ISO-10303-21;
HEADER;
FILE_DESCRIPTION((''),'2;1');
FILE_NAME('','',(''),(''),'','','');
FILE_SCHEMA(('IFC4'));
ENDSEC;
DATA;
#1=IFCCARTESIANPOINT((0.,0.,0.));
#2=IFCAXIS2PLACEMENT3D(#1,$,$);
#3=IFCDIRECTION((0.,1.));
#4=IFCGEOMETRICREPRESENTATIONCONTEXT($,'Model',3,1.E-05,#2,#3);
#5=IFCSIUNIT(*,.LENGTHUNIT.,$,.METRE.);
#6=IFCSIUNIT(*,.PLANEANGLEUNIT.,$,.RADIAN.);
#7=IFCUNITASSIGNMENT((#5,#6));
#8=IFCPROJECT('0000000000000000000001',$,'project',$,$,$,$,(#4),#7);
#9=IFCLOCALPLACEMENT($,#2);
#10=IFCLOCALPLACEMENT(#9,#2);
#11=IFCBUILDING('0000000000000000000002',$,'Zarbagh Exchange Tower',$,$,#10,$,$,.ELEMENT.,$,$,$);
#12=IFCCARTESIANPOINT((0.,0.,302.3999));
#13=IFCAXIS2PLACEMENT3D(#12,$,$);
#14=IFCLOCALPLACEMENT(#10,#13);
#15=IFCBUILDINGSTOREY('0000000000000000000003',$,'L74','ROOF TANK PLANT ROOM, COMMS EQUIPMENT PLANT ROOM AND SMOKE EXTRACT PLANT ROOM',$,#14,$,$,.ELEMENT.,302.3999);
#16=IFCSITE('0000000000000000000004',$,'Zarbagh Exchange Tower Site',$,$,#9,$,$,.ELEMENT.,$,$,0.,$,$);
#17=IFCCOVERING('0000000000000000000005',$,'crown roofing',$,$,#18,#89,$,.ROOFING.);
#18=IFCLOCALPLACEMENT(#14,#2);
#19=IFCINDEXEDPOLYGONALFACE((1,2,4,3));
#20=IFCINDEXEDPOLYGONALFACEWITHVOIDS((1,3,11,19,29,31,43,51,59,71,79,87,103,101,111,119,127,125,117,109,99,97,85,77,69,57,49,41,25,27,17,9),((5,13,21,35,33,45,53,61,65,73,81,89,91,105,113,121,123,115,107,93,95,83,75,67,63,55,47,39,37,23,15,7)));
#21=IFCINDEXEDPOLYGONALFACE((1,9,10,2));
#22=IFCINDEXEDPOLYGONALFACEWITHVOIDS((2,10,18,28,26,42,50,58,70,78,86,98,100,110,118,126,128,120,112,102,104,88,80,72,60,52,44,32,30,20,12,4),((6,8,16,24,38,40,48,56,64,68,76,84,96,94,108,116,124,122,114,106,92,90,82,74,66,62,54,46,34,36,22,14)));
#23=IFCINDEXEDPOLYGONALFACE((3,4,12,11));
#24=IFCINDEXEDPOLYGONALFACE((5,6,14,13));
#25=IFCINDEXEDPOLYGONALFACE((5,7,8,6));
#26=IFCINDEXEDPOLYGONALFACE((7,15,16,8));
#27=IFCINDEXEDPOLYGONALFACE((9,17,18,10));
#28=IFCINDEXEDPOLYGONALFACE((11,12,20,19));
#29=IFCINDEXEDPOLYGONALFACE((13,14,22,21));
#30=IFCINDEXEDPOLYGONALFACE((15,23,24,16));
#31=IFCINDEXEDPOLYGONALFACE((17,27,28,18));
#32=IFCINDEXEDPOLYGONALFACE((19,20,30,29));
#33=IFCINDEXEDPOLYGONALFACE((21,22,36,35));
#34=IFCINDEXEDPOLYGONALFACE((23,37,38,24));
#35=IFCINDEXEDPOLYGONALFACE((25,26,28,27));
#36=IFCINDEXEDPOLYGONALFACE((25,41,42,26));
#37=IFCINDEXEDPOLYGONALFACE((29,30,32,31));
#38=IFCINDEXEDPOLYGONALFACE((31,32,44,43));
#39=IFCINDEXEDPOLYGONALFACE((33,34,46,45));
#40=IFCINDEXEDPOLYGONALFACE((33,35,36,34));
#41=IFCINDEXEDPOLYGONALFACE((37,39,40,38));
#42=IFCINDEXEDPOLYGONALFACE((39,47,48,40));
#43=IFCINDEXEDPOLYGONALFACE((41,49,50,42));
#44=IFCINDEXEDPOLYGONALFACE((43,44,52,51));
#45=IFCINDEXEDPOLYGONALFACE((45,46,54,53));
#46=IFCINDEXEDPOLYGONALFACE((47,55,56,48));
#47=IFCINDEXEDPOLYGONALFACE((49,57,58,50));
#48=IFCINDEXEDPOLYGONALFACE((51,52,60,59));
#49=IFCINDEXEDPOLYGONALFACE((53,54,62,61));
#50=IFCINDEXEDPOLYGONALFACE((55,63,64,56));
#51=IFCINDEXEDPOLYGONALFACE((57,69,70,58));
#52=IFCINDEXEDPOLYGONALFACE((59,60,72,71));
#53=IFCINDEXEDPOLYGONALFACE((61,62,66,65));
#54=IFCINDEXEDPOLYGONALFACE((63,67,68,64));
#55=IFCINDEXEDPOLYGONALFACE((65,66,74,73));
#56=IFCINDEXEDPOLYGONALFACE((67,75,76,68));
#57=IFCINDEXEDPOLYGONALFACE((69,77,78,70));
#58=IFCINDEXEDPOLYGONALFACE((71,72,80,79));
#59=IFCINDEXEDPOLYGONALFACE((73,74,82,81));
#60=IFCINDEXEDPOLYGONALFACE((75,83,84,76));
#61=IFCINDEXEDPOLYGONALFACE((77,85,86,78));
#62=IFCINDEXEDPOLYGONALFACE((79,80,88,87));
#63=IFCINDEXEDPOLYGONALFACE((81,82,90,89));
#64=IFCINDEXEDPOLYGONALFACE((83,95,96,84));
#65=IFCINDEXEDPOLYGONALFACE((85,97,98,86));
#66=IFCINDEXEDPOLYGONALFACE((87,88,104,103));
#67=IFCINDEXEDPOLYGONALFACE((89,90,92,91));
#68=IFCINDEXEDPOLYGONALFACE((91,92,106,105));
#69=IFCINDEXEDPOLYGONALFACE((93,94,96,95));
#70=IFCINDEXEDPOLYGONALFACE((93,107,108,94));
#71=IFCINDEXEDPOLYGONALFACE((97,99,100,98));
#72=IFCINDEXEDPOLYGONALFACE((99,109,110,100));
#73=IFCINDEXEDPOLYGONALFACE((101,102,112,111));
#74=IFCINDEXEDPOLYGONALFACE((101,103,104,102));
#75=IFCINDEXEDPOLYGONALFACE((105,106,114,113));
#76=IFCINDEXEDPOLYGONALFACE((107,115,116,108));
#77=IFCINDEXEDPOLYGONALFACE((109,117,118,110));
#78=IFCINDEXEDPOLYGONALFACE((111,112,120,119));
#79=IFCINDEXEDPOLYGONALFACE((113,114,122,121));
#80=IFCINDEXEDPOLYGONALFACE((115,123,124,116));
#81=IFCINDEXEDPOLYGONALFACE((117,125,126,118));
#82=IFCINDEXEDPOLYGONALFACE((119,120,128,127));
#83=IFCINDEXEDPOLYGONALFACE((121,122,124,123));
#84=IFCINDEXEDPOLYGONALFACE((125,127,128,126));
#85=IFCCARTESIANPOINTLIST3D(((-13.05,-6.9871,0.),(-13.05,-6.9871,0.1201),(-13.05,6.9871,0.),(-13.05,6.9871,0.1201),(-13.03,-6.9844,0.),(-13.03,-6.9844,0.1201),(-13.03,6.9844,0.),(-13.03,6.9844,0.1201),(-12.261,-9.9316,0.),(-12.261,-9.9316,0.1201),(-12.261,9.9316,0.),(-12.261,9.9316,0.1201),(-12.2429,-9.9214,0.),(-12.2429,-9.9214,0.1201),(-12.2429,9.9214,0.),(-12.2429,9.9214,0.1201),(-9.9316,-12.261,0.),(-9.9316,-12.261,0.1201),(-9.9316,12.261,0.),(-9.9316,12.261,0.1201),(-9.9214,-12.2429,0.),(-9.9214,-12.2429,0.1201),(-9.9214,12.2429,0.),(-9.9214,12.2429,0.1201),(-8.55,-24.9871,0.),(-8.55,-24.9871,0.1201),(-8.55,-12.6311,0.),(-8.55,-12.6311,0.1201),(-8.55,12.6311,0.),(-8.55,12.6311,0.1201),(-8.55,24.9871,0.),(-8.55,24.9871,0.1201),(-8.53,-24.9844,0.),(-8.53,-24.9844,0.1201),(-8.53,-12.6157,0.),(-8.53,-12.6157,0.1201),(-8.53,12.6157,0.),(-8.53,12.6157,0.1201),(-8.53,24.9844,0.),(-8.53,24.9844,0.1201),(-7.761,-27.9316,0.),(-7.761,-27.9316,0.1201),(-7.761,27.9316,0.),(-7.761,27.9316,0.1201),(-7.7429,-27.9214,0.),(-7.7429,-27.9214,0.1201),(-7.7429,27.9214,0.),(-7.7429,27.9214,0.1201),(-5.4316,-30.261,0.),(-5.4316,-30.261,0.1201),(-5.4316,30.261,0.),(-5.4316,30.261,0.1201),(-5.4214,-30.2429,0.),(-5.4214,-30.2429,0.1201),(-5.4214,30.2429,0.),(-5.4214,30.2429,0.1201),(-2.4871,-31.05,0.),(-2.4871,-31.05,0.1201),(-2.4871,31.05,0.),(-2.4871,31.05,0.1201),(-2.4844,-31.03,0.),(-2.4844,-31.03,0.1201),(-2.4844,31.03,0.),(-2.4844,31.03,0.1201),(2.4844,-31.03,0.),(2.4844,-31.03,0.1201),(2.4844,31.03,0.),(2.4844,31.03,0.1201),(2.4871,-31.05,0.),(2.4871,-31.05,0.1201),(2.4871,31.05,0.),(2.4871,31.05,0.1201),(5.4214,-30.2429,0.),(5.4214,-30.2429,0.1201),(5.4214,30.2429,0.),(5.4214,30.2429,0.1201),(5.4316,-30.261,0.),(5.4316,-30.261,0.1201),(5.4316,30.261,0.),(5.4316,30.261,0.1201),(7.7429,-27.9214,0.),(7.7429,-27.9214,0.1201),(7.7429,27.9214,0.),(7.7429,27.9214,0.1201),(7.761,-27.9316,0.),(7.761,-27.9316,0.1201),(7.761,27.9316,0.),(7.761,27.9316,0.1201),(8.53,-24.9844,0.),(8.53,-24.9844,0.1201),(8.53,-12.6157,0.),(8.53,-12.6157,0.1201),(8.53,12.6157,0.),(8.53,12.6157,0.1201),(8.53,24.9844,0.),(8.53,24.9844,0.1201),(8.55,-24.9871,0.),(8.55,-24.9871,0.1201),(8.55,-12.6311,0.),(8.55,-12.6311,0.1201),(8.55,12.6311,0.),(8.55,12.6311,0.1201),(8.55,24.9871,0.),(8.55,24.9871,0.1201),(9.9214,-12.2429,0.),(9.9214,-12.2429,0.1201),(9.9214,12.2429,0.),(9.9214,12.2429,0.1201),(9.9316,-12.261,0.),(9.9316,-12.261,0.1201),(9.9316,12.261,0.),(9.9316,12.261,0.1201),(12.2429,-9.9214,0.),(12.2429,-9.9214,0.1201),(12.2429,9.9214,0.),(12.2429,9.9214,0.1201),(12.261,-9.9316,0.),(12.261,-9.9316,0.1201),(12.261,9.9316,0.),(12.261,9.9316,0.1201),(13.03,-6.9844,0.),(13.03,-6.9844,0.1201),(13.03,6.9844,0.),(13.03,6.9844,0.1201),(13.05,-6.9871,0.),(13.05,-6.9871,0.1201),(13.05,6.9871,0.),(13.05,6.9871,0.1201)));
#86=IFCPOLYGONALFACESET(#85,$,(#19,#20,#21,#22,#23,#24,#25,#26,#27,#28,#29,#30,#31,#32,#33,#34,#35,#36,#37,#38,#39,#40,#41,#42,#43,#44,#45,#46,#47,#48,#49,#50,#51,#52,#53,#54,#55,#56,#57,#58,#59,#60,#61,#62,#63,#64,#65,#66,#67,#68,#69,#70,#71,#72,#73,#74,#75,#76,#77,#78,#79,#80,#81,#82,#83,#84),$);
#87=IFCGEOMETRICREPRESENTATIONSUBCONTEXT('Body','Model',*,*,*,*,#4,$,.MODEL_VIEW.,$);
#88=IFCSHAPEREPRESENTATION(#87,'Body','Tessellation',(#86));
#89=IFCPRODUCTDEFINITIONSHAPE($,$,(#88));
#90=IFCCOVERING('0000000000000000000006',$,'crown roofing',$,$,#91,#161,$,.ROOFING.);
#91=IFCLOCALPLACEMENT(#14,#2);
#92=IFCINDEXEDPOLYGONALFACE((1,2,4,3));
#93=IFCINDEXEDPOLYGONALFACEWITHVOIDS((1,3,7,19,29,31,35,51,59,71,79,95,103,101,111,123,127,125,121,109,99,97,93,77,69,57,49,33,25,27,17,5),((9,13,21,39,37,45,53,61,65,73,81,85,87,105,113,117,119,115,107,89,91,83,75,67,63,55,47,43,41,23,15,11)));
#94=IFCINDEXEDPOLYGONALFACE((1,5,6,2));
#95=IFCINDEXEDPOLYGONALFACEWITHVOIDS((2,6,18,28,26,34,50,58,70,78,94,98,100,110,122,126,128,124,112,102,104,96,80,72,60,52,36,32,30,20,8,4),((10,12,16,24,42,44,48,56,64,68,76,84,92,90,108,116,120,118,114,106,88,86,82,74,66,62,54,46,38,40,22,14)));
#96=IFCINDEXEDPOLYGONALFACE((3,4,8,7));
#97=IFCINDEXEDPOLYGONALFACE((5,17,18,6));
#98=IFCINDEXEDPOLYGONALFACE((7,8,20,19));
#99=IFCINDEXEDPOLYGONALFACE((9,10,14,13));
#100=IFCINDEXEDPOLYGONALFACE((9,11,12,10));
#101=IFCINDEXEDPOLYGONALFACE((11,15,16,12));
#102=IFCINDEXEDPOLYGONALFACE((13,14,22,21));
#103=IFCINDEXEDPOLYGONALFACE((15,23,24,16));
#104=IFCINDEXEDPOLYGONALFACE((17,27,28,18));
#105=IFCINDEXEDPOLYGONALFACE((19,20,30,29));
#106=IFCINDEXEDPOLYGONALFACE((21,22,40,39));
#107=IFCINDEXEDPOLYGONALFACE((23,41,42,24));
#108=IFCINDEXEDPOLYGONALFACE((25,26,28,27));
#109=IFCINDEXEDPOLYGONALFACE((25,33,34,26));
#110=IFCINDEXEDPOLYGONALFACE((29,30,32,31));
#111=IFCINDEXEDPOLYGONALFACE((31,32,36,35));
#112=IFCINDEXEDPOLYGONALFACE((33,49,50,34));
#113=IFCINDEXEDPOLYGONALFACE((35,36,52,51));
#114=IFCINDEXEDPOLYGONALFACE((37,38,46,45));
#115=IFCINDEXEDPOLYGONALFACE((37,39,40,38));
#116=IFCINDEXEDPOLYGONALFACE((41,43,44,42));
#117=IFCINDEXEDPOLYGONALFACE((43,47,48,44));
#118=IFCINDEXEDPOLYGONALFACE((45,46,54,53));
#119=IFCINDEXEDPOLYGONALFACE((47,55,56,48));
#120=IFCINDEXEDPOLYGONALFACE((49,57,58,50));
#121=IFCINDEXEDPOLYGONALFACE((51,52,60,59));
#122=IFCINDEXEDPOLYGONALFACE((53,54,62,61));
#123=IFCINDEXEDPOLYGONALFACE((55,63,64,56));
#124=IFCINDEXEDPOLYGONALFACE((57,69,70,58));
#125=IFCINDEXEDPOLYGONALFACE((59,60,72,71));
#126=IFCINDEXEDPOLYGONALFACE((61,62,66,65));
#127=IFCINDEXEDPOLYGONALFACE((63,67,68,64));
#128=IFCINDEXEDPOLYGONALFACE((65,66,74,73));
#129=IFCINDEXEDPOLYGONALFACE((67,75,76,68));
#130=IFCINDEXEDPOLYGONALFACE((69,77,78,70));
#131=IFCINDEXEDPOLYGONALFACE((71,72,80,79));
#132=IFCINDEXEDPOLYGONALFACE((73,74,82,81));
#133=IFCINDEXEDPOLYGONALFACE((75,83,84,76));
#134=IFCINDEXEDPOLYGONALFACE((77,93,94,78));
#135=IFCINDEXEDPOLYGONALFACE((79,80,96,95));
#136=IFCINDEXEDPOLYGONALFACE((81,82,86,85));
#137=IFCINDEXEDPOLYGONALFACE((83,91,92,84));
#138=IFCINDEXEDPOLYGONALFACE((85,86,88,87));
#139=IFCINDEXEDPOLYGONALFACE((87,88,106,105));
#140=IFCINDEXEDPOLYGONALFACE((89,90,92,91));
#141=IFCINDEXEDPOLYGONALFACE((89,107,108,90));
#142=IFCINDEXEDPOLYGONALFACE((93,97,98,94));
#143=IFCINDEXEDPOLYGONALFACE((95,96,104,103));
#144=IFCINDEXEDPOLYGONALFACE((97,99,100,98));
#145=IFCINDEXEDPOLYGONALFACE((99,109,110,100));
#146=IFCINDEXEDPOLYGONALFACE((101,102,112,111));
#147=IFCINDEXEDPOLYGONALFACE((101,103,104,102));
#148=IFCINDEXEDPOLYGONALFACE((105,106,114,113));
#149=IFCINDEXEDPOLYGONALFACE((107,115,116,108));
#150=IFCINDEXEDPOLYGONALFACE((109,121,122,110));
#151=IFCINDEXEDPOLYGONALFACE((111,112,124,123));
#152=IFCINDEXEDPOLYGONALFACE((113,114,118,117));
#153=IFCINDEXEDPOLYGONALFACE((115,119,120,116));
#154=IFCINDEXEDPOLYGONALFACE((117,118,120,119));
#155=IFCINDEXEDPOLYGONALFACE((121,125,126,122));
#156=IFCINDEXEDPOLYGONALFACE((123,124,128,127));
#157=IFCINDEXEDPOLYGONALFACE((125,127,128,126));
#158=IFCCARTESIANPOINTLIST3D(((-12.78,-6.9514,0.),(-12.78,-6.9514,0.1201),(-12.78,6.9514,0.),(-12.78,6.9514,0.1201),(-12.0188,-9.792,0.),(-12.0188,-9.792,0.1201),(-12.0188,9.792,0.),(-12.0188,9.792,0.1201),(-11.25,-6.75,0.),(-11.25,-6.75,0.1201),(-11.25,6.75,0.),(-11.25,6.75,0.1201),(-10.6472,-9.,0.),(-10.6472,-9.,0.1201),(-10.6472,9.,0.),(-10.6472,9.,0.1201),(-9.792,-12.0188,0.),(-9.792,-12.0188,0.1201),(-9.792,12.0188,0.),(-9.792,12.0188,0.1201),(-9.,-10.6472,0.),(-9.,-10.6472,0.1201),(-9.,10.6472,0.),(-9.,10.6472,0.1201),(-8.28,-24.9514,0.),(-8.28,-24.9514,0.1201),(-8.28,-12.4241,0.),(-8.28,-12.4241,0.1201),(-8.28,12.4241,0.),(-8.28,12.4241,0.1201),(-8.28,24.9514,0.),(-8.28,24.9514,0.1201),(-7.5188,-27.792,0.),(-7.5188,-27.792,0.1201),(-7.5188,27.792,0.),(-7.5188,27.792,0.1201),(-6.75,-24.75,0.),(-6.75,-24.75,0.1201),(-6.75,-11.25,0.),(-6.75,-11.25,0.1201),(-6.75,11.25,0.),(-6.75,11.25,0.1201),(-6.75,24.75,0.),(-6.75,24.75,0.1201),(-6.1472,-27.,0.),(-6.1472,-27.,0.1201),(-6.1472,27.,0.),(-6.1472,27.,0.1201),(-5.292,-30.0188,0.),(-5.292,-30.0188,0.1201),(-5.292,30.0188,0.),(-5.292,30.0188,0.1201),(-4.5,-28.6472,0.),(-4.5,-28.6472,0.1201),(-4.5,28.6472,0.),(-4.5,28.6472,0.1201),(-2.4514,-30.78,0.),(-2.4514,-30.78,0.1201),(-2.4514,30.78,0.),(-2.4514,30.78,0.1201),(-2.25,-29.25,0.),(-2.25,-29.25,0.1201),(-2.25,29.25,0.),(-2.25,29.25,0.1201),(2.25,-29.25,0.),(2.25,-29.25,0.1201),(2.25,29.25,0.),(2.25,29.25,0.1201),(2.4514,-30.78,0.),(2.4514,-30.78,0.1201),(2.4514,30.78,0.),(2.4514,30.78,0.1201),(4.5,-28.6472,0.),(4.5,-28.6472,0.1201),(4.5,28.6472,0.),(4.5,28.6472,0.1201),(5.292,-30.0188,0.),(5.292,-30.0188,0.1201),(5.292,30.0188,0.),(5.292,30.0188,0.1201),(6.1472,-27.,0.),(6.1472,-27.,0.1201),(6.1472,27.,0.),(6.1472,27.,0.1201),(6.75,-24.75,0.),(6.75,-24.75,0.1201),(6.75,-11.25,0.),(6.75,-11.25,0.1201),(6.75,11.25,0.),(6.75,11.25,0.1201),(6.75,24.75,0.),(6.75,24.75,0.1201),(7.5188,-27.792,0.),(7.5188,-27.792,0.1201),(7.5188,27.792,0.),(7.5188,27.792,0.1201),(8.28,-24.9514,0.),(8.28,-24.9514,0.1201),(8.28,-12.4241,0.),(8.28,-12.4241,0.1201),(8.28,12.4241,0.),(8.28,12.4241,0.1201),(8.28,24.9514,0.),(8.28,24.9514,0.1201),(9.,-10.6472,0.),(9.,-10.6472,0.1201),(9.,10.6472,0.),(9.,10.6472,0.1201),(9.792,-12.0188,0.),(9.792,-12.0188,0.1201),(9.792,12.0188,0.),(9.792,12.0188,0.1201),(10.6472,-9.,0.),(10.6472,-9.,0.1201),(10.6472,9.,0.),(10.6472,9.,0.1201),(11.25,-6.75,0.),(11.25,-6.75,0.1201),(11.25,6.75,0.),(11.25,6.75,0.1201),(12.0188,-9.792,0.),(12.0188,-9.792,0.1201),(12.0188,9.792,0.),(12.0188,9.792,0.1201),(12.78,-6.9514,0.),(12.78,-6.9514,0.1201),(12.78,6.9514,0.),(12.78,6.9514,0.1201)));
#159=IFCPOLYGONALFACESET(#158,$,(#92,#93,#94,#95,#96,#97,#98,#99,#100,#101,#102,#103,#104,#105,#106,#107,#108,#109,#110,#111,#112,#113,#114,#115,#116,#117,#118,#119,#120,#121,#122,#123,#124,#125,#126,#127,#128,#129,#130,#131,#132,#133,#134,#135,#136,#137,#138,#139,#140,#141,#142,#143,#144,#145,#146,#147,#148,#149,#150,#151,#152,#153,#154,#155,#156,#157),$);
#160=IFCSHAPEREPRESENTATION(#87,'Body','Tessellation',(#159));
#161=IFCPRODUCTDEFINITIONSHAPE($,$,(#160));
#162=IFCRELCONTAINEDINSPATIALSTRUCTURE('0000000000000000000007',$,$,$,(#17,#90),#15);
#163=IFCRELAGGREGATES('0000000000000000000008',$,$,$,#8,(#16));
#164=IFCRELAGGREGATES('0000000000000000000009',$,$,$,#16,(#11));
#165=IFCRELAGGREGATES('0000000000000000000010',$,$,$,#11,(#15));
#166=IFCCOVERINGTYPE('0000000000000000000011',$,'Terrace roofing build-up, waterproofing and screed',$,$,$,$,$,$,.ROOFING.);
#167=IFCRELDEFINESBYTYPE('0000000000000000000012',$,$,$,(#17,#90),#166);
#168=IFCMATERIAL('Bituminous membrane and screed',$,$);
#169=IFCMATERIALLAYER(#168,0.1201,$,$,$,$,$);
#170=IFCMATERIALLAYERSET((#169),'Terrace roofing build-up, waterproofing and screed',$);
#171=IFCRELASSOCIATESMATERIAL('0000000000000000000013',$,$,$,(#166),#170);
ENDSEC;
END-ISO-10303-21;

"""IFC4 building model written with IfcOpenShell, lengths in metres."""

from ifc_helpers import new_model, si_unit, direction, frame, origin, place, context, subcontext, project, spatial, polyline, outline, extrude, material, layer, layer_set, type_object, element, save


model = new_model("IFC4")

# Units and contexts
model_context = context("Model", 3, precision=1e-05, world=origin(), true_north=direction((0.0, 1.0)))
body_context = subcontext(model_context, "Body", "Model", "MODEL_VIEW")
ifc_project = project(units=[si_unit("LENGTHUNIT", "METRE"), si_unit("PLANEANGLEUNIT", "RADIAN")], contexts=[model_context])

# Site, building, storey
site_placement = place(None, origin())
site = spatial("IfcSite", under=ifc_project, at=site_placement, Name="Zarbagh Exchange Tower Site", CompositionType="ELEMENT", RefElevation=0.0)
building_placement = place(site_placement, origin())
building = spatial("IfcBuilding", under=site, at=building_placement, Name="Zarbagh Exchange Tower", CompositionType="ELEMENT")
storey_placement = place(building_placement, frame((0.0, 0.0, 302.3999)))
storey = spatial("IfcBuildingStorey", under=building, at=storey_placement, Name="L74", Description="ROOF TANK PLANT ROOM, COMMS EQUIPMENT PLANT ROOM AND SMOKE EXTRACT PLANT ROOM", CompositionType="ELEMENT", Elevation=302.3999)

# Coverings
ifc_material_1 = material(Name="Bituminous membrane and screed")
ifc_layer_1 = layer(ifc_material_1, 0.1201)
ifc_layer_set_1 = layer_set([ifc_layer_1], Name="Terrace roofing build-up, waterproofing and screed")
covering_type = type_object("IfcCoveringType", Name="Terrace roofing build-up, waterproofing and screed", PredefinedType="ROOFING", material=ifc_layer_set_1)
covering_1_placement = place(storey_placement, origin())
element("IfcCovering", 1, at=covering_1_placement, inside=storey, type_object=covering_type, Name="crown roofing", PredefinedType="ROOFING", context=body_context, shape_type="SweptSolid", body=[
    extrude(outline(polyline([(-5.4316, -30.261), (-7.761, -27.9316), (-8.55, -24.9871), (-8.55, -12.6311), (-9.9316, -12.261), (-12.261, -9.9316), (-13.05, -6.9871), (-13.05, 6.9871), (-12.261, 9.9316), (-9.9316, 12.261), (-8.55, 12.6311), (-8.55, 24.9871), (-7.761, 27.9316), (-5.4316, 30.261), (-2.4871, 31.05), (2.4871, 31.05), (5.4316, 30.261), (7.761, 27.9316), (8.55, 24.9871), (8.55, 12.6311), (9.9316, 12.261), (12.261, 9.9316), (13.05, 6.9871), (13.05, -6.9871), (12.261, -9.9316), (9.9316, -12.261), (8.55, -12.6311), (8.55, -24.9871), (7.761, -27.9316), (5.4316, -30.261), (2.4871, -31.05), (-2.4871, -31.05), (-5.4316, -30.261)]), holes=[polyline([(-8.53, -24.9844), (-7.7429, -27.9214), (-5.4214, -30.2429), (-2.4844, -31.03), (2.4844, -31.03), (5.4214, -30.2429), (7.7429, -27.9214), (8.53, -24.9844), (8.53, -12.6157), (9.9214, -12.2429), (12.2429, -9.9214), (13.03, -6.9844), (13.03, 6.9844), (12.2429, 9.9214), (9.9214, 12.2429), (8.53, 12.6157), (8.53, 24.9844), (7.7429, 27.9214), (5.4214, 30.2429), (2.4844, 31.03), (-2.4844, 31.03), (-5.4214, 30.2429), (-7.7429, 27.9214), (-8.53, 24.9844), (-8.53, 12.6157), (-9.9214, 12.2429), (-12.2429, 9.9214), (-13.03, 6.9844), (-13.03, -6.9844), (-12.2429, -9.9214), (-9.9214, -12.2429), (-8.53, -12.6157), (-8.53, -24.9844)])]), origin(), (0.0, 0.0, 1.0), 0.1201),
])
covering_2_placement = place(storey_placement, origin())
element("IfcCovering", 2, at=covering_2_placement, inside=storey, type_object=covering_type, Name="crown roofing", PredefinedType="ROOFING", context=body_context, shape_type="SweptSolid", body=[
    extrude(outline(polyline([(-2.4514, 30.78), (2.4514, 30.78), (5.292, 30.0188), (7.5188, 27.792), (8.28, 24.9514), (8.28, 12.4241), (9.792, 12.0188), (12.0188, 9.792), (12.78, 6.9514), (12.78, -6.9514), (12.0188, -9.792), (9.792, -12.0188), (8.28, -12.4241), (8.28, -24.9514), (7.5188, -27.792), (5.292, -30.0188), (2.4514, -30.78), (-2.4514, -30.78), (-5.292, -30.0188), (-7.5188, -27.792), (-8.28, -24.9514), (-8.28, -12.4241), (-9.792, -12.0188), (-12.0188, -9.792), (-12.78, -6.9514), (-12.78, 6.9514), (-12.0188, 9.792), (-9.792, 12.0188), (-8.28, 12.4241), (-8.28, 24.9514), (-7.5188, 27.792), (-5.292, 30.0188), (-2.4514, 30.78)]), holes=[polyline([(6.1472, -27.0), (6.75, -24.75), (6.75, -11.25), (9.0, -10.6472), (10.6472, -9.0), (11.25, -6.75), (11.25, 6.75), (10.6472, 9.0), (9.0, 10.6472), (6.75, 11.25), (6.75, 24.75), (6.1472, 27.0), (4.5, 28.6472), (2.25, 29.25), (-2.25, 29.25), (-4.5, 28.6472), (-6.1472, 27.0), (-6.75, 24.75), (-6.75, 11.25), (-9.0, 10.6472), (-10.6472, 9.0), (-11.25, 6.75), (-11.25, -6.75), (-10.6472, -9.0), (-9.0, -10.6472), (-6.75, -11.25), (-6.75, -24.75), (-6.1472, -27.0), (-4.5, -28.6472), (-2.25, -29.25), (2.25, -29.25), (4.5, -28.6472), (6.1472, -27.0)])]), origin(), (0.0, 0.0, 1.0), 0.1201),
])

save(model, "model.ifc")
